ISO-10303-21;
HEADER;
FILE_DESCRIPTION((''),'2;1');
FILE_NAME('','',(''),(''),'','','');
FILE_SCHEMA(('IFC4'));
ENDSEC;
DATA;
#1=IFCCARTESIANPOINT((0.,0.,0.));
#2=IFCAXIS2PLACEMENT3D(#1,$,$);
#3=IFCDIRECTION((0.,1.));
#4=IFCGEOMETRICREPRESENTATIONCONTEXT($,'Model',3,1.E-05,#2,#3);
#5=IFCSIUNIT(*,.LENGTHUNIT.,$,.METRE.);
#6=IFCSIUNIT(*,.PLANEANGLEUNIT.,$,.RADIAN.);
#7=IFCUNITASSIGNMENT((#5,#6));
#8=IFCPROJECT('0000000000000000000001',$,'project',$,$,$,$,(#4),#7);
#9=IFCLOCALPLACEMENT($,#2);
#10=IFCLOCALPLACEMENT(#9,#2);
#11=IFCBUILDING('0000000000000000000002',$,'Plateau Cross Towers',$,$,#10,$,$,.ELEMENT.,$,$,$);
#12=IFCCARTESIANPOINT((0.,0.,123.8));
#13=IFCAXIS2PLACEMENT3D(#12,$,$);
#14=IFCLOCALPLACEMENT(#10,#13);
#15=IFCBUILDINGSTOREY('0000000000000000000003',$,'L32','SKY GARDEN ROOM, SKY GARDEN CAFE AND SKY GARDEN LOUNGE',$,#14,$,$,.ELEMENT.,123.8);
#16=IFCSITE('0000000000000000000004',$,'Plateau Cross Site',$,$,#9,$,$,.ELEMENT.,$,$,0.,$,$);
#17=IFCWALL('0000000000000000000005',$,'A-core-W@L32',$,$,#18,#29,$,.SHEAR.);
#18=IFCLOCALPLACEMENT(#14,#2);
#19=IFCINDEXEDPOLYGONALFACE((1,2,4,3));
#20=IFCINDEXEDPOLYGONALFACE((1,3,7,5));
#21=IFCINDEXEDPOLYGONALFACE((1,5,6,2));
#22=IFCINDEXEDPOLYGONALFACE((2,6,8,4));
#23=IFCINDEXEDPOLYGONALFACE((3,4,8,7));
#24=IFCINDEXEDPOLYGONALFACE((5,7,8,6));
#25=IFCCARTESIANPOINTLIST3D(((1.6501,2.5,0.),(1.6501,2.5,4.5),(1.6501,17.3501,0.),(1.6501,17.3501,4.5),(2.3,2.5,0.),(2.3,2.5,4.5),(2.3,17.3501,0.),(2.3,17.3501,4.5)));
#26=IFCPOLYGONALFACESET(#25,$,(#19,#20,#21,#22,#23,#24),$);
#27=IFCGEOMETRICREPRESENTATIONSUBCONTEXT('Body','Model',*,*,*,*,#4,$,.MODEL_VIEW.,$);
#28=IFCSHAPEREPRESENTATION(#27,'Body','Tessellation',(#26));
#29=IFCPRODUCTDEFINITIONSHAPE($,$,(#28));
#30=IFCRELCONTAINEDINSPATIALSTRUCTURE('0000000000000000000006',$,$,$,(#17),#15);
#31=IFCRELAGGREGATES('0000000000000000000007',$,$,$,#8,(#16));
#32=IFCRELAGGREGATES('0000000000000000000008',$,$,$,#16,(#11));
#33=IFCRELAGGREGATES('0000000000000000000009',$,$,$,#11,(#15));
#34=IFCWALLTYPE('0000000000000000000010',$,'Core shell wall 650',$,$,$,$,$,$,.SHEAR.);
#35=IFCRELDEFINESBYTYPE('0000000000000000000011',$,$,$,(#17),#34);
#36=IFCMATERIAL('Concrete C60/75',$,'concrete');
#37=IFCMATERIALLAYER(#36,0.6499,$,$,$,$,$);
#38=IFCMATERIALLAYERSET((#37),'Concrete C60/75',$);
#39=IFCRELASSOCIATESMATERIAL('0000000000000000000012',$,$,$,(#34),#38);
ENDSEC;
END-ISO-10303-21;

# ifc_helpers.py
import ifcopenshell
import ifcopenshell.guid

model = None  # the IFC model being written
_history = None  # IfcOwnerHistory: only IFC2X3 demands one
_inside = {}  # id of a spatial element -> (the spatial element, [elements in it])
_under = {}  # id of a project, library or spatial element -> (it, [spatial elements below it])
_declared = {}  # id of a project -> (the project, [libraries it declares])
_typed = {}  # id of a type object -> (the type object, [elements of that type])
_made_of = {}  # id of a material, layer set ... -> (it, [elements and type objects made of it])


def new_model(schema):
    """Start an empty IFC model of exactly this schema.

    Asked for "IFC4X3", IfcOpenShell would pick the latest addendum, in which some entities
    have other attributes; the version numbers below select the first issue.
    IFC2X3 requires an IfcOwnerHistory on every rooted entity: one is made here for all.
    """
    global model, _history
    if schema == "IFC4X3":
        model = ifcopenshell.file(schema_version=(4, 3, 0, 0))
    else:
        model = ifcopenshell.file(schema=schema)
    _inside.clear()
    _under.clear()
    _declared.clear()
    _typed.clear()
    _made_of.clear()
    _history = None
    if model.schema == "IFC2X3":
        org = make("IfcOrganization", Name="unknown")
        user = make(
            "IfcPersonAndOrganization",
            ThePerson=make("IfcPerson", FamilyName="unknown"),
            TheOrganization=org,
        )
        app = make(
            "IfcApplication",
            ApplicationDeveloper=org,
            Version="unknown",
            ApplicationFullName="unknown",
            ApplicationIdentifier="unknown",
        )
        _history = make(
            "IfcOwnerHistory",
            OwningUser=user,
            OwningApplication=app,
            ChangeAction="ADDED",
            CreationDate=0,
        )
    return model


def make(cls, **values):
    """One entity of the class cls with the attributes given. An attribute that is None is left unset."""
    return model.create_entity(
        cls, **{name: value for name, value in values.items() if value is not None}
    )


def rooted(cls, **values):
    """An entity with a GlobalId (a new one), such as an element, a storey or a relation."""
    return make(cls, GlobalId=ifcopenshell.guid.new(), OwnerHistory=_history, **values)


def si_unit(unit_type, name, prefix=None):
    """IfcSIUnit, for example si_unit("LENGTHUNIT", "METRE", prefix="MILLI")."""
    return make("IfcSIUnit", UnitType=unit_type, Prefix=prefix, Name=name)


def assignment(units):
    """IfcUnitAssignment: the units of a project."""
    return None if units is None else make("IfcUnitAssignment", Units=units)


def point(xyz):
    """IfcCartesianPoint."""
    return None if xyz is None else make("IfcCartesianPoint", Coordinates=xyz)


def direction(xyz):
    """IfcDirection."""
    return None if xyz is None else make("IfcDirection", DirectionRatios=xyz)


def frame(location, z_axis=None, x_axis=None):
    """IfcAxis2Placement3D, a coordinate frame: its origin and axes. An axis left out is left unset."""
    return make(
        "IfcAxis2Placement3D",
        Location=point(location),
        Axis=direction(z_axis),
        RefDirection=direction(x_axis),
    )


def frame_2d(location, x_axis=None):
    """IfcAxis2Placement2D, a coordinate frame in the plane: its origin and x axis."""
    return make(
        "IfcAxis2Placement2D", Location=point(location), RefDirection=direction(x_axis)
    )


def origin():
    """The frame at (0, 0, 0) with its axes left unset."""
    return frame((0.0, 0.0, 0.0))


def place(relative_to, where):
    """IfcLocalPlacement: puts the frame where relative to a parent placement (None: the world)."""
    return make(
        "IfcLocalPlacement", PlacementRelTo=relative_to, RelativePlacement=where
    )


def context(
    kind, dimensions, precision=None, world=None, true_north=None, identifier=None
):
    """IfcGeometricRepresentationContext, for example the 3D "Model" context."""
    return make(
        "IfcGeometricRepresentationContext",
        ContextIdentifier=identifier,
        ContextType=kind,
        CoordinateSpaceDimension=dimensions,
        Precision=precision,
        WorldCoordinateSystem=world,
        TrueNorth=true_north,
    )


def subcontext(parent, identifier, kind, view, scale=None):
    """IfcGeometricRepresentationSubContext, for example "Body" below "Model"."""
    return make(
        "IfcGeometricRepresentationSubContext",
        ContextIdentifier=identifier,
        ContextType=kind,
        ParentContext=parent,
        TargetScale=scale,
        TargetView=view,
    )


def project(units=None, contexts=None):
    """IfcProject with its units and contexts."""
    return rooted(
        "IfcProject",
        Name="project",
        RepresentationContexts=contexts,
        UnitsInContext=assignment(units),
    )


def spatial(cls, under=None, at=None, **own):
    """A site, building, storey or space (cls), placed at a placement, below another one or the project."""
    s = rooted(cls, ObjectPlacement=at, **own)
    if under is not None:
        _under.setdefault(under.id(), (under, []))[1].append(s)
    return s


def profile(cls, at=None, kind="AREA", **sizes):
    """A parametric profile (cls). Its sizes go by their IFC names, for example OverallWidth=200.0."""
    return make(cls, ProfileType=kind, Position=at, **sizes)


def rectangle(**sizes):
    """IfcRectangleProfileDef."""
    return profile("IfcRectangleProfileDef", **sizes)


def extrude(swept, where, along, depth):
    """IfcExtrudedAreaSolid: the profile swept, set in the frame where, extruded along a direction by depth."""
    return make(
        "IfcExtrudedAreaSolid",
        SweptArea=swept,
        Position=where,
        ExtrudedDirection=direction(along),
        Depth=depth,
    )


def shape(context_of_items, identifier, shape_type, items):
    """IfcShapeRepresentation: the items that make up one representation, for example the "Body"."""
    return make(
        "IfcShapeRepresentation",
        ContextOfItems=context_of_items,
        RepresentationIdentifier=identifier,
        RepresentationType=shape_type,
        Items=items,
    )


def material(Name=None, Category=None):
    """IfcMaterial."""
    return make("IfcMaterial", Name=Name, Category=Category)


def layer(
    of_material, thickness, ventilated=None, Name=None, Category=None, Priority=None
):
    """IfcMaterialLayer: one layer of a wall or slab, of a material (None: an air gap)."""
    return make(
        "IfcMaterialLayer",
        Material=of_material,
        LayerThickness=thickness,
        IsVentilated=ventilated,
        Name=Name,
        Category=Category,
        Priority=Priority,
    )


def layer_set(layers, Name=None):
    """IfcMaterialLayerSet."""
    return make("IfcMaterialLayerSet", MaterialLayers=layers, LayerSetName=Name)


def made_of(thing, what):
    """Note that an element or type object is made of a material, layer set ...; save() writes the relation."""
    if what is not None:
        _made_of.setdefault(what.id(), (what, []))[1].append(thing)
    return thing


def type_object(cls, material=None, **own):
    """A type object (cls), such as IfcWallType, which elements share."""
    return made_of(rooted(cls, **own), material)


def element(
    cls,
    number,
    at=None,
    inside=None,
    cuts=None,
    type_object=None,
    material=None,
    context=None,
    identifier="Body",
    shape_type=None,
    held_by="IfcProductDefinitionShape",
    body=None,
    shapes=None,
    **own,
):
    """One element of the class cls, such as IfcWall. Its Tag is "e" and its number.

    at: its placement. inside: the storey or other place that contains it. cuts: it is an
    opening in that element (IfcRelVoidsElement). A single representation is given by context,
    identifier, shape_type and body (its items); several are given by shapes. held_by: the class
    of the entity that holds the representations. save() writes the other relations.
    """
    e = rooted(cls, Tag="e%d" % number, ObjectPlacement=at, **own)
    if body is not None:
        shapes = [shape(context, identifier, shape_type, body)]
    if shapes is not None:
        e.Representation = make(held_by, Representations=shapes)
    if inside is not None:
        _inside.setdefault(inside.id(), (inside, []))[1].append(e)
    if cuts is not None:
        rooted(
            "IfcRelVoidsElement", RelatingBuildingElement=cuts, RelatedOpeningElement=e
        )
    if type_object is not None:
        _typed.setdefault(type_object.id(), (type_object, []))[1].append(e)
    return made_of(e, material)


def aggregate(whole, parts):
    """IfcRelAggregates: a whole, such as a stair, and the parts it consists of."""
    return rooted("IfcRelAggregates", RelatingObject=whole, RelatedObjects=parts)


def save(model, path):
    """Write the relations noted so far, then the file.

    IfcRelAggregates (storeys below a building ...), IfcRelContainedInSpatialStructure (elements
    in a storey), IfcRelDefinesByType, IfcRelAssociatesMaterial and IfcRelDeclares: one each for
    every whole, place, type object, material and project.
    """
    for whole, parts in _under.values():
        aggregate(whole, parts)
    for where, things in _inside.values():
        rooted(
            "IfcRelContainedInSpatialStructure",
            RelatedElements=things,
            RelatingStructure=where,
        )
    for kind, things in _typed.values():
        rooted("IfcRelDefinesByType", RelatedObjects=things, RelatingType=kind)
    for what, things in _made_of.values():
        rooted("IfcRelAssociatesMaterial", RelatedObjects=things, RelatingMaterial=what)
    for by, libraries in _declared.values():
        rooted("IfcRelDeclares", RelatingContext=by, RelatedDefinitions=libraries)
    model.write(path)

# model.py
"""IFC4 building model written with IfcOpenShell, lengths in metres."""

from ifc_helpers import new_model, si_unit, direction, frame, frame_2d, origin, place, context, subcontext, project, spatial, rectangle, extrude, material, layer, layer_set, type_object, element, save


model = new_model("IFC4")

# Units and contexts
model_context = context("Model", 3, precision=1e-05, world=origin(), true_north=direction((0.0, 1.0)))
body_context = subcontext(model_context, "Body", "Model", "MODEL_VIEW")
ifc_project = project(units=[si_unit("LENGTHUNIT", "METRE"), si_unit("PLANEANGLEUNIT", "RADIAN")], contexts=[model_context])

# Site, building, storey
site_placement = place(None, origin())
site = spatial("IfcSite", under=ifc_project, at=site_placement, Name="Plateau Cross Site", CompositionType="ELEMENT", RefElevation=0.0)
building_placement = place(site_placement, origin())
building = spatial("IfcBuilding", under=site, at=building_placement, Name="Plateau Cross Towers", CompositionType="ELEMENT")
storey_placement = place(building_placement, frame((0.0, 0.0, 123.8)))
storey = spatial("IfcBuildingStorey", under=building, at=storey_placement, Name="L32", Description="SKY GARDEN ROOM, SKY GARDEN CAFE AND SKY GARDEN LOUNGE", CompositionType="ELEMENT", Elevation=123.8)

# Shared definitions
ifc_material_1 = material(Name="Concrete C60/75", Category="concrete")

# Wall
ifc_layer_1 = layer(ifc_material_1, 0.6499)
ifc_layer_set_1 = layer_set([ifc_layer_1], Name="Concrete C60/75")
wall_type_1 = type_object("IfcWallType", Name="Core shell wall 650", PredefinedType="SHEAR", material=ifc_layer_set_1)
wall_1_placement = place(storey_placement, frame((1.9751, 2.5, 0.0), z_axis=(0.0, 0.0, 1.0), x_axis=(0.0, 1.0, 0.0)))
element("IfcWall", 1, at=wall_1_placement, inside=storey, type_object=wall_type_1, Name="A-core-W@L32", PredefinedType="SHEAR", context=body_context, shape_type="SweptSolid", body=[
    extrude(rectangle(XDim=14.8501, YDim=0.6499, at=frame_2d((7.425, 0.0))), origin(), (0.0, 0.0, 1.0), 4.5),
])

save(model, "model.ifc")
